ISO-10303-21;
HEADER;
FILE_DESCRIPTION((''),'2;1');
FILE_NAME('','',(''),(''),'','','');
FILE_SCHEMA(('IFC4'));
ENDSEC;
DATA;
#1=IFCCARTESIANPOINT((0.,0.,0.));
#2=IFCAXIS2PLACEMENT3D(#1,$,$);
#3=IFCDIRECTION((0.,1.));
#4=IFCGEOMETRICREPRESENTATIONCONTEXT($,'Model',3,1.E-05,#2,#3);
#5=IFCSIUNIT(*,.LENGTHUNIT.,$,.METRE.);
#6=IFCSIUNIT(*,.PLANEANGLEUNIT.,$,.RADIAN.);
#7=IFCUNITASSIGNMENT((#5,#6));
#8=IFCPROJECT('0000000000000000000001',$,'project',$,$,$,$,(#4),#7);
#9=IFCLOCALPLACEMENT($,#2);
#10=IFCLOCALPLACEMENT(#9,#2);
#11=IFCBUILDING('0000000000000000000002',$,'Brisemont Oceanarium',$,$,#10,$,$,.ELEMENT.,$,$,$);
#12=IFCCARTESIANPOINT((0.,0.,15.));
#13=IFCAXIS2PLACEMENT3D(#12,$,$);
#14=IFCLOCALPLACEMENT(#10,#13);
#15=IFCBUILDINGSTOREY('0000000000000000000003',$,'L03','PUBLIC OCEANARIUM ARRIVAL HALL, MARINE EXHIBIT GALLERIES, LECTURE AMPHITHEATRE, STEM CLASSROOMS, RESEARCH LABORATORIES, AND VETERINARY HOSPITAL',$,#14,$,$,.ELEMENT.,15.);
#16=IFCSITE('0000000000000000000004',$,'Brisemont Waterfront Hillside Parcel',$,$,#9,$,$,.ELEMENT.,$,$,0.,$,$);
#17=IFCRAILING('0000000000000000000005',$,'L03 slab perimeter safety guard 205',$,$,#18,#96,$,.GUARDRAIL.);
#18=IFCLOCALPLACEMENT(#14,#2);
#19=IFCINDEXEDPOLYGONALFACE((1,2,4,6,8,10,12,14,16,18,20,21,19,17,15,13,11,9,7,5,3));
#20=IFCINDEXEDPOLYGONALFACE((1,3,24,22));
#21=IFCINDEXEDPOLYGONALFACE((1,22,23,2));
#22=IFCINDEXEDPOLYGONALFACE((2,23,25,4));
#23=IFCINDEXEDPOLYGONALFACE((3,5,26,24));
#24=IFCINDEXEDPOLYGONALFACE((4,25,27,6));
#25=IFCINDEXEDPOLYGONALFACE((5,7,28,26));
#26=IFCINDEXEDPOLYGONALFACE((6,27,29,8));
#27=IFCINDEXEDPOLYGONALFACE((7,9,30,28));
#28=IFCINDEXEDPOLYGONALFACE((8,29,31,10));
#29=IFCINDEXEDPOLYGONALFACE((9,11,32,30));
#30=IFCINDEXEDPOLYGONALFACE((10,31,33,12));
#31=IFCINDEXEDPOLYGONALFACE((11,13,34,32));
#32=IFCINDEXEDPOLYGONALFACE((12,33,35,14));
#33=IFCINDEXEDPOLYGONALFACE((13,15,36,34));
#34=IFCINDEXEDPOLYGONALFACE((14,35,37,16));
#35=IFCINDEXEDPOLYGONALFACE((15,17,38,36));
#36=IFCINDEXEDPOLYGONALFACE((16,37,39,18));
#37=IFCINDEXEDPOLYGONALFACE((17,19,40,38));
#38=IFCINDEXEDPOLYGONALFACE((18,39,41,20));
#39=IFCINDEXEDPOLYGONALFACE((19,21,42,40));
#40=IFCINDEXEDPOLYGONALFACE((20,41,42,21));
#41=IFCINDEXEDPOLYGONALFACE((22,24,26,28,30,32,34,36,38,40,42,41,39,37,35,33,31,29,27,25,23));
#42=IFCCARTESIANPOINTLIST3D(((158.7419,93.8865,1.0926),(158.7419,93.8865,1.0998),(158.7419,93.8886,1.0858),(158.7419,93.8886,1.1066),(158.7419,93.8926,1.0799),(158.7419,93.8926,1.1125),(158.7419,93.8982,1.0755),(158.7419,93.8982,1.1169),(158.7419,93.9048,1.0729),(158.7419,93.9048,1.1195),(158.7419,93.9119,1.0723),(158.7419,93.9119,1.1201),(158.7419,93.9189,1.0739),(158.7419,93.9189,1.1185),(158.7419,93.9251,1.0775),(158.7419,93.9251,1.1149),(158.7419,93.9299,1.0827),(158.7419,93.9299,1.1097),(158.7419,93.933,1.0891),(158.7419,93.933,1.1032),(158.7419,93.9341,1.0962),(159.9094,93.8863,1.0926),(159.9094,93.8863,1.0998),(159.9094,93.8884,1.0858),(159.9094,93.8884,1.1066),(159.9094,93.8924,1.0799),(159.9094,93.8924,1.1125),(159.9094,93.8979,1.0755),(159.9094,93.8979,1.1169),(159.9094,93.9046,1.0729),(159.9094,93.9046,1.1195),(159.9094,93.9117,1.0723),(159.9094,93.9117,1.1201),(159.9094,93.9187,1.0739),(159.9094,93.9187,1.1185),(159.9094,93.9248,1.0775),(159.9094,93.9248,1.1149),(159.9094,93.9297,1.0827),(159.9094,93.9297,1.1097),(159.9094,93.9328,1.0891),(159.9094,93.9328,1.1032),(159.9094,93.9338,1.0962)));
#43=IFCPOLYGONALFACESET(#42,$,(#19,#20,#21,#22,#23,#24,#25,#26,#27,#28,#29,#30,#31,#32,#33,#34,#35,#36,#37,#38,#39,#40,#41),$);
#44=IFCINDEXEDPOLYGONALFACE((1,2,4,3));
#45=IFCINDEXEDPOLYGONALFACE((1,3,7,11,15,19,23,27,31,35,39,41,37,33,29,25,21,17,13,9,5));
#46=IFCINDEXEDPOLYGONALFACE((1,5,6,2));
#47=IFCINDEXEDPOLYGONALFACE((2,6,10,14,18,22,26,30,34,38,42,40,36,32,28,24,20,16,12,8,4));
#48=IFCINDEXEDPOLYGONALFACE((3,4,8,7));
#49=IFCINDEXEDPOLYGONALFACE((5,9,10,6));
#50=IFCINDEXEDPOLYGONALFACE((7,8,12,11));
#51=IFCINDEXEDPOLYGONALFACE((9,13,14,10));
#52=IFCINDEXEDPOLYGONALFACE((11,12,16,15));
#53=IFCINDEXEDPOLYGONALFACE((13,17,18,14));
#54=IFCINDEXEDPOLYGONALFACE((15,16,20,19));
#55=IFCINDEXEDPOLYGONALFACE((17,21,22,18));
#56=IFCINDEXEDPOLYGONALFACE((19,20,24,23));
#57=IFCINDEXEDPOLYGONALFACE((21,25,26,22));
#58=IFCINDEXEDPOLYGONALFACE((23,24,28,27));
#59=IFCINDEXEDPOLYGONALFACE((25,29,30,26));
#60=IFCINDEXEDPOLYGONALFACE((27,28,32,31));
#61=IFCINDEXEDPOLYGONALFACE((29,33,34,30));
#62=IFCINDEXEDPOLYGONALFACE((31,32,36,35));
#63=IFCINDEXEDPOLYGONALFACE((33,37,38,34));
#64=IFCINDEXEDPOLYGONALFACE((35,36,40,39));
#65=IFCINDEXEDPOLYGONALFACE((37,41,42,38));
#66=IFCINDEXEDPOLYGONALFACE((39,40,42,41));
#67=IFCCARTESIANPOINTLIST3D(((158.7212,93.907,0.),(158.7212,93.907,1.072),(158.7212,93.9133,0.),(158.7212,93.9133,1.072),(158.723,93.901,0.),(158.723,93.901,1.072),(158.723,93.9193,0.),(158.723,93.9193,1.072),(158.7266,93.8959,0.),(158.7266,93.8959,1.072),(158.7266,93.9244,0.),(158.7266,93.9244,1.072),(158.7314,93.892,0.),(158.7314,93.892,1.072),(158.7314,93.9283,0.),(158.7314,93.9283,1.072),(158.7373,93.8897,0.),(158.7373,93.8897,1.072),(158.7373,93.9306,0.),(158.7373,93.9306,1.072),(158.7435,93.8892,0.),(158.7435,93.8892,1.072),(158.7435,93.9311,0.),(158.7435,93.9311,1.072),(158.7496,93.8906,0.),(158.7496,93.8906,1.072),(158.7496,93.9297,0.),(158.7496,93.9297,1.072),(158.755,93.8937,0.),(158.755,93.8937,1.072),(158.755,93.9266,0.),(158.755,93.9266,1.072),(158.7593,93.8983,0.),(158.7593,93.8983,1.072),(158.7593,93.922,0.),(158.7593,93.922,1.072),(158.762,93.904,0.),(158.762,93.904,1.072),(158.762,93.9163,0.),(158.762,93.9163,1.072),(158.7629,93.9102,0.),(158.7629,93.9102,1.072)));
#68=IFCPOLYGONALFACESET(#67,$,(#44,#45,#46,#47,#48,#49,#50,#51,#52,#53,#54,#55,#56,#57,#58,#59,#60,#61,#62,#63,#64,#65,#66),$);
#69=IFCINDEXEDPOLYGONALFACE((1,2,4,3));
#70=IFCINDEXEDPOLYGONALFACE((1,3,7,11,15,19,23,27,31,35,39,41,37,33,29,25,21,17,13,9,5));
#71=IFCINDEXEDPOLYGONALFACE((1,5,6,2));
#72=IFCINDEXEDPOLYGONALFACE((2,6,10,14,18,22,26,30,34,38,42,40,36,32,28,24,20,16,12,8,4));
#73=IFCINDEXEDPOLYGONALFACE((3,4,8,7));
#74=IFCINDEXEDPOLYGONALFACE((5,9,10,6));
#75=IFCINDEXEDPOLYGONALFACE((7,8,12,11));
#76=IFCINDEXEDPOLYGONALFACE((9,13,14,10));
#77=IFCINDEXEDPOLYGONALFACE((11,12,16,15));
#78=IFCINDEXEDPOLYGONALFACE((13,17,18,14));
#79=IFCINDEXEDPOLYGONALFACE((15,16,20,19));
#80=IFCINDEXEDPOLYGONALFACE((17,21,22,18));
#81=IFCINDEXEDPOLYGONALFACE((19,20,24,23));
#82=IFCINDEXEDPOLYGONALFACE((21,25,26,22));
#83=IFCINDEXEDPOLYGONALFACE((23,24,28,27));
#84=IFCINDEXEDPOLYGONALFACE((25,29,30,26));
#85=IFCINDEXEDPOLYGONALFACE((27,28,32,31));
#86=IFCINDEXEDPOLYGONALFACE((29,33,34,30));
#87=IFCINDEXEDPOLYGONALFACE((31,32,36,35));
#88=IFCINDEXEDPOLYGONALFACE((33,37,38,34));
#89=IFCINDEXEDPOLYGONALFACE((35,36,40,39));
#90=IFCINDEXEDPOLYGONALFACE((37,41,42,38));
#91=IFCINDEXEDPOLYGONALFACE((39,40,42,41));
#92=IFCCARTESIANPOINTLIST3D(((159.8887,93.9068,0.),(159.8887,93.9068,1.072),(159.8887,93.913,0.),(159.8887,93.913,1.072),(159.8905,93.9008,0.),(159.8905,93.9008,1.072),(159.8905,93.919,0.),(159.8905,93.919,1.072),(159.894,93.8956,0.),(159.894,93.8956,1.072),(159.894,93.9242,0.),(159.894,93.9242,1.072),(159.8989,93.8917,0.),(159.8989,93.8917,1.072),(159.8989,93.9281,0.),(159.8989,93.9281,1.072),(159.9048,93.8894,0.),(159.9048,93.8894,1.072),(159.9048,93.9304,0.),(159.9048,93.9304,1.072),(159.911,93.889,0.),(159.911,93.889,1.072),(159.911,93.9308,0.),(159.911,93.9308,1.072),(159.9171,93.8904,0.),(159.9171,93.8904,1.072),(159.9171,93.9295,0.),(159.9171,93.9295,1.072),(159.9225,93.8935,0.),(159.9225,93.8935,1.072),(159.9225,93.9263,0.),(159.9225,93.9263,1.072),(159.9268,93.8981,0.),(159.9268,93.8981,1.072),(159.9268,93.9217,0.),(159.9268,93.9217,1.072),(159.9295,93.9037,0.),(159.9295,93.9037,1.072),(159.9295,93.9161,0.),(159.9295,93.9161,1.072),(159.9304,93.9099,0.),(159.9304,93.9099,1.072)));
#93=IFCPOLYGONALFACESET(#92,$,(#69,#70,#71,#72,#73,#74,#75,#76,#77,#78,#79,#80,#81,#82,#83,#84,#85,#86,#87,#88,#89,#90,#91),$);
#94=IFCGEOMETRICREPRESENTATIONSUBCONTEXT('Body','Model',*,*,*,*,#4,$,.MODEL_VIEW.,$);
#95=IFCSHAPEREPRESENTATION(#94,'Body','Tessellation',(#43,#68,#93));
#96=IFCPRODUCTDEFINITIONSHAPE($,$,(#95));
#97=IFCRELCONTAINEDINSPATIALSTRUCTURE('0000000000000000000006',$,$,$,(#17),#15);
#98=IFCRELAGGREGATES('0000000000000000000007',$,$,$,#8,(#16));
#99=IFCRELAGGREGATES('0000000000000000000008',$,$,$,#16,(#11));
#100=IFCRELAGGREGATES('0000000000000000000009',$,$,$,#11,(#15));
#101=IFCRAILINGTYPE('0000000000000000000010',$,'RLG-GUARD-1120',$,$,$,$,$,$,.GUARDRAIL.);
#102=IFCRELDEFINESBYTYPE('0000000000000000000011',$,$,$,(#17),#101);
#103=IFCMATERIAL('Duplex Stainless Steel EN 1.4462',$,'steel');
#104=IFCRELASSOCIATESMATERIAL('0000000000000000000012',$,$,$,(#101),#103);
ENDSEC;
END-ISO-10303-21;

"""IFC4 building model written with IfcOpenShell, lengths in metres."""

from ifc_helpers import new_model, si_unit, direction, frame, origin, origin_2d, place, context, subcontext, project, spatial, circle, extrude, material, type_object, element, save


model = new_model("IFC4")

# Units and contexts
model_context = context("Model", 3, precision=1e-05, world=origin(), true_north=direction((0.0, 1.0)))
body_context = subcontext(model_context, "Body", "Model", "MODEL_VIEW")
ifc_project = project(units=[si_unit("LENGTHUNIT", "METRE"), si_unit("PLANEANGLEUNIT", "RADIAN")], contexts=[model_context])

# Site, building, storey
site_placement = place(None, origin())
site = spatial("IfcSite", under=ifc_project, at=site_placement, Name="Brisemont Waterfront Hillside Parcel", CompositionType="ELEMENT", RefElevation=0.0)
building_placement = place(site_placement, origin())
building = spatial("IfcBuilding", under=site, at=building_placement, Name="Brisemont Oceanarium", CompositionType="ELEMENT")
storey_placement = place(building_placement, frame((0.0, 0.0, 15.0)))
storey = spatial("IfcBuildingStorey", under=building, at=storey_placement, Name="L03", Description="PUBLIC OCEANARIUM ARRIVAL HALL, MARINE EXHIBIT GALLERIES, LECTURE AMPHITHEATRE, STEM CLASSROOMS, RESEARCH LABORATORIES, AND VETERINARY HOSPITAL", CompositionType="ELEMENT", Elevation=15.0)

# Railing
ifc_material_1 = material(Name="Duplex Stainless Steel EN 1.4462", Category="steel")
railing_type = type_object("IfcRailingType", Name="RLG-GUARD-1120", PredefinedType="GUARDRAIL", material=ifc_material_1)
railing_1_placement = place(storey_placement, frame((158.7419, 93.9102, 0.0)))
element("IfcRailing", 1, at=railing_1_placement, inside=storey, type_object=railing_type, Name="L03 slab perimeter safety guard 205", PredefinedType="GUARDRAIL", context=body_context, shape_type="SweptSolid", body=[
    extrude(circle(Radius=0.0239, at=origin_2d()), frame((0.0, 0.0, 1.0962), z_axis=(1.0, -0.000209, 0.0), x_axis=(0.000209, 1.0, 0.0)), (0.0, 0.0, 1.0), 1.1675),
    extrude(circle(Radius=0.021, at=origin_2d()), origin(), (0.0, 0.0, 1.0), 1.072),
    extrude(circle(Radius=0.021, at=origin_2d()), frame((1.1675, -0.0002, 0.0)), (0.0, 0.0, 1.0), 1.072),
])

save(model, "model.ifc")
